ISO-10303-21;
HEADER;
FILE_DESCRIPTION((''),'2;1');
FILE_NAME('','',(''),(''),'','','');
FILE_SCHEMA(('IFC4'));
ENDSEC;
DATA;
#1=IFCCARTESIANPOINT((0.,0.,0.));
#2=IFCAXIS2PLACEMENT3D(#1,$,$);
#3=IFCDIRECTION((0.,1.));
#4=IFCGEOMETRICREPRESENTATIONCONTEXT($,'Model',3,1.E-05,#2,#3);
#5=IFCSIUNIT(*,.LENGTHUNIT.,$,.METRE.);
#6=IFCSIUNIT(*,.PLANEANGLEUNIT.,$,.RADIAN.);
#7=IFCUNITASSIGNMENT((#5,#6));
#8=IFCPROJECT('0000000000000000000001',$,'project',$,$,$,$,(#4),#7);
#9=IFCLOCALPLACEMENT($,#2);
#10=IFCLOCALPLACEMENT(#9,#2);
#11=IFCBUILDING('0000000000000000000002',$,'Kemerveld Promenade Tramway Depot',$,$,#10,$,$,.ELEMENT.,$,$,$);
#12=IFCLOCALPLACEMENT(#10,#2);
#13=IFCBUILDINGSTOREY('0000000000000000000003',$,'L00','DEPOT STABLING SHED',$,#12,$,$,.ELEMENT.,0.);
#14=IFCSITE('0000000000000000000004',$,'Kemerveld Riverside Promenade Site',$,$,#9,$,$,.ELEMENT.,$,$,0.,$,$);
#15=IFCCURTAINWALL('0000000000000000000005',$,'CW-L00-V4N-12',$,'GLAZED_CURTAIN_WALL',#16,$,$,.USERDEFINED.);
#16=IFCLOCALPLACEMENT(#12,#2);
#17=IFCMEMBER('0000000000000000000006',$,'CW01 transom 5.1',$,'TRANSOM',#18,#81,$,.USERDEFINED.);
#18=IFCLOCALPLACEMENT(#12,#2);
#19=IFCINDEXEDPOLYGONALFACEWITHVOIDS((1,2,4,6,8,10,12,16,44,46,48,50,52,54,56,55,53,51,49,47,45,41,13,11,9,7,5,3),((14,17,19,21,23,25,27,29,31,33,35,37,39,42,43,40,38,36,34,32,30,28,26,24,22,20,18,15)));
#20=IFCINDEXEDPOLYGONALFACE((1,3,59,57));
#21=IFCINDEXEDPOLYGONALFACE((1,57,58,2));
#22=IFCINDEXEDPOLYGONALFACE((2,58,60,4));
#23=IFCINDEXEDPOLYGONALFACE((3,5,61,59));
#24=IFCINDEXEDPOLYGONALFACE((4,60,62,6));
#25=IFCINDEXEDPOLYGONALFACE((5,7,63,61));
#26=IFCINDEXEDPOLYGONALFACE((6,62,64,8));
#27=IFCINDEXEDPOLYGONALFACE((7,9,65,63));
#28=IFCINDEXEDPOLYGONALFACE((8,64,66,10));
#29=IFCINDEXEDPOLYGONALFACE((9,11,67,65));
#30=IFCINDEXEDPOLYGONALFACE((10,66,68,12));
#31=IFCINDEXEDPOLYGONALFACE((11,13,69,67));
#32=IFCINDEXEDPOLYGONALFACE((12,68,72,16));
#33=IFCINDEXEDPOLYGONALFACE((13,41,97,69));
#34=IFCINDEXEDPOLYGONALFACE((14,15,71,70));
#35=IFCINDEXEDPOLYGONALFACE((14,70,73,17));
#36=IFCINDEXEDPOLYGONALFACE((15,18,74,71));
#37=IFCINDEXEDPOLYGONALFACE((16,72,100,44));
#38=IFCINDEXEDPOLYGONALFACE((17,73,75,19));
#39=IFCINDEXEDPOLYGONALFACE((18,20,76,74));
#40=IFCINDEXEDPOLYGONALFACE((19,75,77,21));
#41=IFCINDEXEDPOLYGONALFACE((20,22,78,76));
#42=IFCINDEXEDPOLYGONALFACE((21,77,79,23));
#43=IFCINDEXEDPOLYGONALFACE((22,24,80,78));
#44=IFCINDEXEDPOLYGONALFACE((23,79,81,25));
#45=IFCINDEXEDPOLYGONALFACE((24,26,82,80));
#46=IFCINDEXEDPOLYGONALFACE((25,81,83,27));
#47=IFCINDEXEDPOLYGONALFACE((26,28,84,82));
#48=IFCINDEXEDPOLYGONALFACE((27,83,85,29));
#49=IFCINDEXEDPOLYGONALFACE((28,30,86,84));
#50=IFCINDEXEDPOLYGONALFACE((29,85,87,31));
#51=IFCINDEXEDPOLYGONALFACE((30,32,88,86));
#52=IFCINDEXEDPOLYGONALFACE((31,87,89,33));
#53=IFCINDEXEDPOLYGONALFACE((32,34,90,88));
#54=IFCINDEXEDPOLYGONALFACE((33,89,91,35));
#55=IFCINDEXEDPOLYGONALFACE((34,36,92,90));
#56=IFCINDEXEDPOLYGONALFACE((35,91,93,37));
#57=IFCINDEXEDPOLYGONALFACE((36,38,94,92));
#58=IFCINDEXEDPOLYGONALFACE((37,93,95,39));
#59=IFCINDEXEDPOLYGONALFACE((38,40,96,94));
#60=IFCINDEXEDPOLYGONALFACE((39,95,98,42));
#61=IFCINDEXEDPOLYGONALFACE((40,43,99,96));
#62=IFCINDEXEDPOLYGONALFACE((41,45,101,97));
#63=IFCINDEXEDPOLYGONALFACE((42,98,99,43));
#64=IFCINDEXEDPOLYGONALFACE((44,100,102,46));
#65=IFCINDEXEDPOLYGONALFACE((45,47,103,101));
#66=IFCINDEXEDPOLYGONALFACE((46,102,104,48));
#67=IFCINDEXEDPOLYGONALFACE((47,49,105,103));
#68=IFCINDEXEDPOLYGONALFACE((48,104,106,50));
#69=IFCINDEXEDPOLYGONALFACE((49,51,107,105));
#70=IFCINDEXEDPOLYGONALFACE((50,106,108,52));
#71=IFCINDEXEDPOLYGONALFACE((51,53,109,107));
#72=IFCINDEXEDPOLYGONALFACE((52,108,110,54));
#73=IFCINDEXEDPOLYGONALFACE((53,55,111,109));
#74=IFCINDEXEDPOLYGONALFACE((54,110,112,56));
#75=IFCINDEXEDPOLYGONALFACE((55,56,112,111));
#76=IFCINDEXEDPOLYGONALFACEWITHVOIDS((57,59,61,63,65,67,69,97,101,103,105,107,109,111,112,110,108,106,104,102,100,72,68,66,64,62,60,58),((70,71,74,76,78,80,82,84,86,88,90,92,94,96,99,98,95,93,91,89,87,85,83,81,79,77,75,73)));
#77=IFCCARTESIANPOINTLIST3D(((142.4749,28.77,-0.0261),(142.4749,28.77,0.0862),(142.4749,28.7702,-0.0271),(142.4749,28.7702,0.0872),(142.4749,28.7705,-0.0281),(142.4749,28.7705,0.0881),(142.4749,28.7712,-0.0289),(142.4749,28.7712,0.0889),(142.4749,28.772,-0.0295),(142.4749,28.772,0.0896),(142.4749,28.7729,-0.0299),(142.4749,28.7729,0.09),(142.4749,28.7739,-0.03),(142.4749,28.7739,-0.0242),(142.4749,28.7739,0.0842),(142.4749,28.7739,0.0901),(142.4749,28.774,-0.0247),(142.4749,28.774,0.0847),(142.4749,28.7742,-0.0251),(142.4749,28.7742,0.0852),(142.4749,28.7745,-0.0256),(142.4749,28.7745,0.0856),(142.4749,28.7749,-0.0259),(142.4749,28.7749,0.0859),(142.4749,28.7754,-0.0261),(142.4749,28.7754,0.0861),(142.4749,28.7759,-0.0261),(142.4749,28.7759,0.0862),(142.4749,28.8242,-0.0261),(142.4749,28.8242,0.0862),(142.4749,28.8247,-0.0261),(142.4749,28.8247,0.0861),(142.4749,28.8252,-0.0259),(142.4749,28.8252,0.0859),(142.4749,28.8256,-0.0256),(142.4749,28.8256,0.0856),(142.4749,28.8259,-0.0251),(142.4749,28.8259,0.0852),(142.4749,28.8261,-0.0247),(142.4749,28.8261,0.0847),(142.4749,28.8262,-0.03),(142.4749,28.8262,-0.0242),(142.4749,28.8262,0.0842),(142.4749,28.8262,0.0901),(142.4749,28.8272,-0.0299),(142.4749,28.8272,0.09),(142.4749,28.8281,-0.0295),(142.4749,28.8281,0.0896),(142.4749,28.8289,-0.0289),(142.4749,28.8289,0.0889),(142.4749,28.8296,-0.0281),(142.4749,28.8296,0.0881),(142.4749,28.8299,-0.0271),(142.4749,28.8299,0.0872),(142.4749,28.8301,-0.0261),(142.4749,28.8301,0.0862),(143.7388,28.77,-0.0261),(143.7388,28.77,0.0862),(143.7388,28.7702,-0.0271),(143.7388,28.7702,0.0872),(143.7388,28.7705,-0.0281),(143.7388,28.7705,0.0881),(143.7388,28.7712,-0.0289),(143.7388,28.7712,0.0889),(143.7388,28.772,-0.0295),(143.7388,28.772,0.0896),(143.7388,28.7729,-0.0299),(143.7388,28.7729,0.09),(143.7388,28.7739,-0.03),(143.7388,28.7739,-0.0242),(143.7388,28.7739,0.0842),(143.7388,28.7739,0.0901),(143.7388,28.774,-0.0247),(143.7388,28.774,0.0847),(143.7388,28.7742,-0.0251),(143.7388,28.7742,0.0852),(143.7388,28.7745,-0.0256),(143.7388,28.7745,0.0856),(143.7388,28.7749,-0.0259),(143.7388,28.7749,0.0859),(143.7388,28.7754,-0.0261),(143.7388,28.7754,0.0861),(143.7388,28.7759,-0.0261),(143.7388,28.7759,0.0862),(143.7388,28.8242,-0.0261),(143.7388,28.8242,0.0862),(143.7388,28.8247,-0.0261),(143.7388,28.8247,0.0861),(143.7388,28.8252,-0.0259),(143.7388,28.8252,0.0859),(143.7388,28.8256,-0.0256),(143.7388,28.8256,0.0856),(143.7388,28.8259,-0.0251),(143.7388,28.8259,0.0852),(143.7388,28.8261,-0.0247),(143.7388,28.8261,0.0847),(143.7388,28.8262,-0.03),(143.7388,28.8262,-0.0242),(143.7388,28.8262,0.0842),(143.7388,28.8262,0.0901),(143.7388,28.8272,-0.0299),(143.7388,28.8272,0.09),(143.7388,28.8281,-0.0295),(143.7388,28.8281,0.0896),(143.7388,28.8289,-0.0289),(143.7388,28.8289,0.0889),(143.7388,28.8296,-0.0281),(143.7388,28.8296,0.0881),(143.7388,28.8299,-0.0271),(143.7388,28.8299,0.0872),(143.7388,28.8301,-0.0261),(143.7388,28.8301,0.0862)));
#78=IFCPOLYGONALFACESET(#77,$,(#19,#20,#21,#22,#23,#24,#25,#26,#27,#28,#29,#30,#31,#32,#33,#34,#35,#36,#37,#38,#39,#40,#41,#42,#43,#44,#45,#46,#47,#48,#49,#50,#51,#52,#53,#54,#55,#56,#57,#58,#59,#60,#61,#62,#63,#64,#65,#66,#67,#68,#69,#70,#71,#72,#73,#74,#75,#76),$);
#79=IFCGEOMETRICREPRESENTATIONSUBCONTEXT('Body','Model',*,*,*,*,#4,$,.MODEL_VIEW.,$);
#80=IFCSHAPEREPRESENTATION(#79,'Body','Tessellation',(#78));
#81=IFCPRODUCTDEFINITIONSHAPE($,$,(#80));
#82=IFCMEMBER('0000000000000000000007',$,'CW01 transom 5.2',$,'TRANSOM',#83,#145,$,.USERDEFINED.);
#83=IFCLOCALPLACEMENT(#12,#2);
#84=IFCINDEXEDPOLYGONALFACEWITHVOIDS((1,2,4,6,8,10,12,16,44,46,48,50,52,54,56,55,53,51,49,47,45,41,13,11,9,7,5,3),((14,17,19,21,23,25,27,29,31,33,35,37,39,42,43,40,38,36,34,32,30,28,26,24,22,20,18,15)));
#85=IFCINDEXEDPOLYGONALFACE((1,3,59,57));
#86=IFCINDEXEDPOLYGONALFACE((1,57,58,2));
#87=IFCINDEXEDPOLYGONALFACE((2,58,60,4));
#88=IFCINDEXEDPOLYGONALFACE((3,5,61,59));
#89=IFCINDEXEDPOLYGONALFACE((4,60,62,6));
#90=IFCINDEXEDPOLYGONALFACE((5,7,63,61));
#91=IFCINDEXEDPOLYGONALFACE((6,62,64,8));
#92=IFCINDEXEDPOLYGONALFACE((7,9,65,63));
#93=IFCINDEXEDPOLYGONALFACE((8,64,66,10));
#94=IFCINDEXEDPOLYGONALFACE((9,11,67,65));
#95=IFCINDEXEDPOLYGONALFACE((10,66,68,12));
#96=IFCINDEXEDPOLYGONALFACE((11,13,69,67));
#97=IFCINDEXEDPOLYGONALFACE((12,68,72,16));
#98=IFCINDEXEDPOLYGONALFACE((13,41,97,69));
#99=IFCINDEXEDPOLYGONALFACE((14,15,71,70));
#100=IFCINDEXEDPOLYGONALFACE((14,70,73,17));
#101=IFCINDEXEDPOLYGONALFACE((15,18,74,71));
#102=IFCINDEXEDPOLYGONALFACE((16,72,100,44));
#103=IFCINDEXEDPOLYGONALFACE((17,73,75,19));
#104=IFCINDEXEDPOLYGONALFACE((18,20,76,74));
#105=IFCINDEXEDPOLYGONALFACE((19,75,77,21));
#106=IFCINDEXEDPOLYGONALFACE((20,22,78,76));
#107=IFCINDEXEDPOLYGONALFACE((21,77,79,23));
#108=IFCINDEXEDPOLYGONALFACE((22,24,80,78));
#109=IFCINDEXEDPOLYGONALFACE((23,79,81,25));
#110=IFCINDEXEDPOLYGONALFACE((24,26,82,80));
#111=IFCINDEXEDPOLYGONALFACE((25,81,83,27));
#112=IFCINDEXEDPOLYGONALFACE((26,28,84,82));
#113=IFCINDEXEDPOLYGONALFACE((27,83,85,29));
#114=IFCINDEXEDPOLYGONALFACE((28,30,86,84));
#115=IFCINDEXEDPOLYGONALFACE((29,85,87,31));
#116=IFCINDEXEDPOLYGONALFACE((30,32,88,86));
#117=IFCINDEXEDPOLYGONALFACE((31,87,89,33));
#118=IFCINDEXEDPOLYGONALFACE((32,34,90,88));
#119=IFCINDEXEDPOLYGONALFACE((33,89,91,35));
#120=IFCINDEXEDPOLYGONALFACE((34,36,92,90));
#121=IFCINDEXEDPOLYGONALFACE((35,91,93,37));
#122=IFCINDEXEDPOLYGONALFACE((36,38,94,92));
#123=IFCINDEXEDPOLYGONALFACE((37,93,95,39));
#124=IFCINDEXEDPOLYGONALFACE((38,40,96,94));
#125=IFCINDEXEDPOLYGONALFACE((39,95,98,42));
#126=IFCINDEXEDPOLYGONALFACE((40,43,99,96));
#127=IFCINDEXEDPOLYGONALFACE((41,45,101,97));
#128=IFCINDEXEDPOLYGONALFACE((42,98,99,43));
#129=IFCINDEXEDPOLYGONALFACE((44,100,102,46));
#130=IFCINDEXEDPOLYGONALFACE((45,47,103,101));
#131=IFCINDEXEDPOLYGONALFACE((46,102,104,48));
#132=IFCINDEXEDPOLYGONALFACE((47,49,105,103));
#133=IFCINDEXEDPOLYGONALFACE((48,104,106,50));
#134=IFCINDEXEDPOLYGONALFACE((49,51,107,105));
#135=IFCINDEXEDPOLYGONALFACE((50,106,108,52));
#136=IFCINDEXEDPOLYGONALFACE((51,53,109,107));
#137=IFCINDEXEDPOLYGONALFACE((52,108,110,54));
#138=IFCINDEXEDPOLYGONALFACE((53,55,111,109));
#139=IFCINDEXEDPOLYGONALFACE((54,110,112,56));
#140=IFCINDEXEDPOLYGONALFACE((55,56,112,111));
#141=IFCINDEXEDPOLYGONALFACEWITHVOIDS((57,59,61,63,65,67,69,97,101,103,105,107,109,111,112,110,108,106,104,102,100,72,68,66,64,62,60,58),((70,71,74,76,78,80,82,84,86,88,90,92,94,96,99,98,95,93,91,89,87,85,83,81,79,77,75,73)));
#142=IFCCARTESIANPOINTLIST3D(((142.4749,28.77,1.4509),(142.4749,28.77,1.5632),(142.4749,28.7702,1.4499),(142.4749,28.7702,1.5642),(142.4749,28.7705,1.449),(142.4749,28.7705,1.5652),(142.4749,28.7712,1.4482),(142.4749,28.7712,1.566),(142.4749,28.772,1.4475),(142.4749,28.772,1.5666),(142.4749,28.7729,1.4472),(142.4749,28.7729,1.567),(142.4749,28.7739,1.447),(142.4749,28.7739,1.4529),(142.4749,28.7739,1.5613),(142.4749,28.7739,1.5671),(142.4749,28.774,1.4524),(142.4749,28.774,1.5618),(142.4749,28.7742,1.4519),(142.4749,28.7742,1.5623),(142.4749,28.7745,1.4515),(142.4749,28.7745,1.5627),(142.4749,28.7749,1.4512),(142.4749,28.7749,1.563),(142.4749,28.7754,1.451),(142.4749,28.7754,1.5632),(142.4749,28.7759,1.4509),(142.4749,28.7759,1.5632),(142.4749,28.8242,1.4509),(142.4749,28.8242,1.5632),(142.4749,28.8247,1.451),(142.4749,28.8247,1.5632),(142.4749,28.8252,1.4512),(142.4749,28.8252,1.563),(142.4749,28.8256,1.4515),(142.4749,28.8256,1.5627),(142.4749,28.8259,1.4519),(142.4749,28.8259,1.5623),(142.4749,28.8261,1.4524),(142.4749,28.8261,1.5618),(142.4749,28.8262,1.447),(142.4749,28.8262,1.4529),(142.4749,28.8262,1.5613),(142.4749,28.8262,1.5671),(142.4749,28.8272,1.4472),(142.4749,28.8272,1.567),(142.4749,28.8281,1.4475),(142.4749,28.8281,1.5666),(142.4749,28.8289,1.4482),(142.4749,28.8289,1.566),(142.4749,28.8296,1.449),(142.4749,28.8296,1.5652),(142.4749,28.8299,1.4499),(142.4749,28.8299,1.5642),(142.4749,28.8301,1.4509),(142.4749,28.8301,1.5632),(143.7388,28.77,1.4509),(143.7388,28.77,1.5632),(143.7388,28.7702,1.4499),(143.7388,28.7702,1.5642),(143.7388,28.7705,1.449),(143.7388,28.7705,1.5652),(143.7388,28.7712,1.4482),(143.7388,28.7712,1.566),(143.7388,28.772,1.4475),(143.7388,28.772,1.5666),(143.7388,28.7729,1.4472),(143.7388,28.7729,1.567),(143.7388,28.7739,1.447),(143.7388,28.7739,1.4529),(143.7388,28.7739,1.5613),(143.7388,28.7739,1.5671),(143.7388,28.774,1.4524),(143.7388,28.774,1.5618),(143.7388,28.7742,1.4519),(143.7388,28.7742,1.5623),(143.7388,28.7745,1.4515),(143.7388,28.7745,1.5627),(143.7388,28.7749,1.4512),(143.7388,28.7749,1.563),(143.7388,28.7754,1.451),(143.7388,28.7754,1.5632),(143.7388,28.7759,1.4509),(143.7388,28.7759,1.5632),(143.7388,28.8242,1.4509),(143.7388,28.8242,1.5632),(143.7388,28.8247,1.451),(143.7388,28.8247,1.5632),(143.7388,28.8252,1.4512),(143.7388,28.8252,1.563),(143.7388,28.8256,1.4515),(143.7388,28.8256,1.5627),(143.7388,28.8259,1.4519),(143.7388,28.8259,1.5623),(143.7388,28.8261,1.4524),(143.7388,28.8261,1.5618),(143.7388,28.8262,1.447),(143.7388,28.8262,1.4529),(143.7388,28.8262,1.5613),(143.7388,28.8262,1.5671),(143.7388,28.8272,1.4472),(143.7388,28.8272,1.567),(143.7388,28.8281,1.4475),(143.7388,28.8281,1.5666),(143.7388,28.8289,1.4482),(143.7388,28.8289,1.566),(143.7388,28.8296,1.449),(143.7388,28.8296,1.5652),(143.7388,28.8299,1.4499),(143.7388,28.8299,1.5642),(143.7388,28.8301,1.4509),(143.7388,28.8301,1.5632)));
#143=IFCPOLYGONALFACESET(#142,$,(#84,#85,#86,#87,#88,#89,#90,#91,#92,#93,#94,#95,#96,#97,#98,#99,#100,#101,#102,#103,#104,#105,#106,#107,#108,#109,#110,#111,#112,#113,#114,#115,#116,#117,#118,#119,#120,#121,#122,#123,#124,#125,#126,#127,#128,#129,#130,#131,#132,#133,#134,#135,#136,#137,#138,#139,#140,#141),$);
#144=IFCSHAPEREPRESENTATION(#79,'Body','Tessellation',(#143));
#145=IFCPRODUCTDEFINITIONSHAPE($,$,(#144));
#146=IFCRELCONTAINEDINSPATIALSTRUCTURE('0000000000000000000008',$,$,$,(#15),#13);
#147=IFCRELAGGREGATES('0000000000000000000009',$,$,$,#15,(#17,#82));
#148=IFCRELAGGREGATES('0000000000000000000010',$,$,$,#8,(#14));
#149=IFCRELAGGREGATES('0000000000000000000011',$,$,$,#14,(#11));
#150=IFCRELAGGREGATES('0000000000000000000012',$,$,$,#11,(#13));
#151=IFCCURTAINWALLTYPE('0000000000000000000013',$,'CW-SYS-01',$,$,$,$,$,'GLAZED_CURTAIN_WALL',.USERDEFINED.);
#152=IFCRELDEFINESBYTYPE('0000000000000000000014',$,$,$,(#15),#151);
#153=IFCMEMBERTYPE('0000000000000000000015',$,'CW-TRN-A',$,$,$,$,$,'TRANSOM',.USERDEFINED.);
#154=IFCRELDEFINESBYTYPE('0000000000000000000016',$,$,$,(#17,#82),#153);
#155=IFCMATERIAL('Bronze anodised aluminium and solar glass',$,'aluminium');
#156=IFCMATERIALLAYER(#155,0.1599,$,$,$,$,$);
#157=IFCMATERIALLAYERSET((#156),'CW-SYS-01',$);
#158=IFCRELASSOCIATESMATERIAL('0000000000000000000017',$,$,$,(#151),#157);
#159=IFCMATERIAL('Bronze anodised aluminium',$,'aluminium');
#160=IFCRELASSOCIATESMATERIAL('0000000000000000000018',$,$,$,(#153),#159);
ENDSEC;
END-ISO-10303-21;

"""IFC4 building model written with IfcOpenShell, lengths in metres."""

from ifc_helpers import new_model, si_unit, direction, frame, origin, origin_2d, place, context, subcontext, project, spatial, hollow_rectangle, extrude, material, layer, layer_set, material_profile, profile_set, type_object, element, aggregate, save


model = new_model("IFC4")

# Units and contexts
model_context = context("Model", 3, precision=1e-05, world=origin(), true_north=direction((0.0, 1.0)))
body_context = subcontext(model_context, "Body", "Model", "MODEL_VIEW")
ifc_project = project(units=[si_unit("LENGTHUNIT", "METRE"), si_unit("PLANEANGLEUNIT", "RADIAN")], contexts=[model_context])

# Site, building, storey
site_placement = place(None, origin())
site = spatial("IfcSite", under=ifc_project, at=site_placement, Name="Kemerveld Riverside Promenade Site", CompositionType="ELEMENT", RefElevation=0.0)
building_placement = place(site_placement, origin())
building = spatial("IfcBuilding", under=site, at=building_placement, Name="Kemerveld Promenade Tramway Depot", CompositionType="ELEMENT")
storey_placement = place(building_placement, origin())
storey = spatial("IfcBuildingStorey", under=building, at=storey_placement, Name="L00", Description="DEPOT STABLING SHED", CompositionType="ELEMENT", Elevation=0.0)

# Curtain wall, members
ifc_material_1 = material(Name="Bronze anodised aluminium and solar glass", Category="aluminium")
ifc_layer_1 = layer(ifc_material_1, 0.1599)
ifc_layer_set_1 = layer_set([ifc_layer_1], Name="CW-SYS-01")
curtain_wall_type = type_object("IfcCurtainWallType", Name="CW-SYS-01", ElementType="GLAZED_CURTAIN_WALL", PredefinedType="USERDEFINED", material=ifc_layer_set_1)
curtain_wall_placement = place(storey_placement, origin())
curtain_wall = element("IfcCurtainWall", 1, at=curtain_wall_placement, inside=storey, type_object=curtain_wall_type, Name="CW-L00-V4N-12", ObjectType="GLAZED_CURTAIN_WALL", PredefinedType="USERDEFINED")
ifc_material_2 = material(Name="Bronze anodised aluminium", Category="aluminium")
ifc_material_profile_1 = material_profile(ifc_material_2, hollow_rectangle(XDim=0.0601, YDim=0.1201, WallThickness=0.0039, InnerFilletRadius=0.002, OuterFilletRadius=0.0039, at=origin_2d()), Name="CW-TRN-120x60")
ifc_profile_set_1 = profile_set([ifc_material_profile_1], Name="Bronze anodised aluminium")
member_type_1 = type_object("IfcMemberType", Name="CW-TRN-A", ElementType="TRANSOM", PredefinedType="USERDEFINED", material=ifc_profile_set_1)
member_1_placement = place(storey_placement, frame((142.4749, 28.8, 0.03), z_axis=(1.0, 0.0, 0.0), x_axis=(0.0, 1.0, 0.0)))
member_1 = element("IfcMember", 2, at=member_1_placement, type_object=member_type_1, Name="CW01 transom 5.1", ObjectType="TRANSOM", PredefinedType="USERDEFINED", context=body_context, shape_type="SweptSolid", body=[
    extrude(hollow_rectangle(XDim=0.0601, YDim=0.1201, WallThickness=0.0039, InnerFilletRadius=0.002, OuterFilletRadius=0.0039, at=origin_2d()), origin(), (0.0, 0.0, 1.0), 1.2639),
])
member_2_placement = place(storey_placement, frame((142.4749, 28.8, 1.5071), z_axis=(1.0, 0.0, 0.0), x_axis=(0.0, 1.0, 0.0)))
member_2 = element("IfcMember", 3, at=member_2_placement, type_object=member_type_1, Name="CW01 transom 5.2", ObjectType="TRANSOM", PredefinedType="USERDEFINED", context=body_context, shape_type="SweptSolid", body=[
    extrude(hollow_rectangle(XDim=0.0601, YDim=0.1201, WallThickness=0.0039, InnerFilletRadius=0.002, OuterFilletRadius=0.0039, at=origin_2d()), origin(), (0.0, 0.0, 1.0), 1.2639),
])
aggregate(curtain_wall, [member_1, member_2])

save(model, "model.ifc")
